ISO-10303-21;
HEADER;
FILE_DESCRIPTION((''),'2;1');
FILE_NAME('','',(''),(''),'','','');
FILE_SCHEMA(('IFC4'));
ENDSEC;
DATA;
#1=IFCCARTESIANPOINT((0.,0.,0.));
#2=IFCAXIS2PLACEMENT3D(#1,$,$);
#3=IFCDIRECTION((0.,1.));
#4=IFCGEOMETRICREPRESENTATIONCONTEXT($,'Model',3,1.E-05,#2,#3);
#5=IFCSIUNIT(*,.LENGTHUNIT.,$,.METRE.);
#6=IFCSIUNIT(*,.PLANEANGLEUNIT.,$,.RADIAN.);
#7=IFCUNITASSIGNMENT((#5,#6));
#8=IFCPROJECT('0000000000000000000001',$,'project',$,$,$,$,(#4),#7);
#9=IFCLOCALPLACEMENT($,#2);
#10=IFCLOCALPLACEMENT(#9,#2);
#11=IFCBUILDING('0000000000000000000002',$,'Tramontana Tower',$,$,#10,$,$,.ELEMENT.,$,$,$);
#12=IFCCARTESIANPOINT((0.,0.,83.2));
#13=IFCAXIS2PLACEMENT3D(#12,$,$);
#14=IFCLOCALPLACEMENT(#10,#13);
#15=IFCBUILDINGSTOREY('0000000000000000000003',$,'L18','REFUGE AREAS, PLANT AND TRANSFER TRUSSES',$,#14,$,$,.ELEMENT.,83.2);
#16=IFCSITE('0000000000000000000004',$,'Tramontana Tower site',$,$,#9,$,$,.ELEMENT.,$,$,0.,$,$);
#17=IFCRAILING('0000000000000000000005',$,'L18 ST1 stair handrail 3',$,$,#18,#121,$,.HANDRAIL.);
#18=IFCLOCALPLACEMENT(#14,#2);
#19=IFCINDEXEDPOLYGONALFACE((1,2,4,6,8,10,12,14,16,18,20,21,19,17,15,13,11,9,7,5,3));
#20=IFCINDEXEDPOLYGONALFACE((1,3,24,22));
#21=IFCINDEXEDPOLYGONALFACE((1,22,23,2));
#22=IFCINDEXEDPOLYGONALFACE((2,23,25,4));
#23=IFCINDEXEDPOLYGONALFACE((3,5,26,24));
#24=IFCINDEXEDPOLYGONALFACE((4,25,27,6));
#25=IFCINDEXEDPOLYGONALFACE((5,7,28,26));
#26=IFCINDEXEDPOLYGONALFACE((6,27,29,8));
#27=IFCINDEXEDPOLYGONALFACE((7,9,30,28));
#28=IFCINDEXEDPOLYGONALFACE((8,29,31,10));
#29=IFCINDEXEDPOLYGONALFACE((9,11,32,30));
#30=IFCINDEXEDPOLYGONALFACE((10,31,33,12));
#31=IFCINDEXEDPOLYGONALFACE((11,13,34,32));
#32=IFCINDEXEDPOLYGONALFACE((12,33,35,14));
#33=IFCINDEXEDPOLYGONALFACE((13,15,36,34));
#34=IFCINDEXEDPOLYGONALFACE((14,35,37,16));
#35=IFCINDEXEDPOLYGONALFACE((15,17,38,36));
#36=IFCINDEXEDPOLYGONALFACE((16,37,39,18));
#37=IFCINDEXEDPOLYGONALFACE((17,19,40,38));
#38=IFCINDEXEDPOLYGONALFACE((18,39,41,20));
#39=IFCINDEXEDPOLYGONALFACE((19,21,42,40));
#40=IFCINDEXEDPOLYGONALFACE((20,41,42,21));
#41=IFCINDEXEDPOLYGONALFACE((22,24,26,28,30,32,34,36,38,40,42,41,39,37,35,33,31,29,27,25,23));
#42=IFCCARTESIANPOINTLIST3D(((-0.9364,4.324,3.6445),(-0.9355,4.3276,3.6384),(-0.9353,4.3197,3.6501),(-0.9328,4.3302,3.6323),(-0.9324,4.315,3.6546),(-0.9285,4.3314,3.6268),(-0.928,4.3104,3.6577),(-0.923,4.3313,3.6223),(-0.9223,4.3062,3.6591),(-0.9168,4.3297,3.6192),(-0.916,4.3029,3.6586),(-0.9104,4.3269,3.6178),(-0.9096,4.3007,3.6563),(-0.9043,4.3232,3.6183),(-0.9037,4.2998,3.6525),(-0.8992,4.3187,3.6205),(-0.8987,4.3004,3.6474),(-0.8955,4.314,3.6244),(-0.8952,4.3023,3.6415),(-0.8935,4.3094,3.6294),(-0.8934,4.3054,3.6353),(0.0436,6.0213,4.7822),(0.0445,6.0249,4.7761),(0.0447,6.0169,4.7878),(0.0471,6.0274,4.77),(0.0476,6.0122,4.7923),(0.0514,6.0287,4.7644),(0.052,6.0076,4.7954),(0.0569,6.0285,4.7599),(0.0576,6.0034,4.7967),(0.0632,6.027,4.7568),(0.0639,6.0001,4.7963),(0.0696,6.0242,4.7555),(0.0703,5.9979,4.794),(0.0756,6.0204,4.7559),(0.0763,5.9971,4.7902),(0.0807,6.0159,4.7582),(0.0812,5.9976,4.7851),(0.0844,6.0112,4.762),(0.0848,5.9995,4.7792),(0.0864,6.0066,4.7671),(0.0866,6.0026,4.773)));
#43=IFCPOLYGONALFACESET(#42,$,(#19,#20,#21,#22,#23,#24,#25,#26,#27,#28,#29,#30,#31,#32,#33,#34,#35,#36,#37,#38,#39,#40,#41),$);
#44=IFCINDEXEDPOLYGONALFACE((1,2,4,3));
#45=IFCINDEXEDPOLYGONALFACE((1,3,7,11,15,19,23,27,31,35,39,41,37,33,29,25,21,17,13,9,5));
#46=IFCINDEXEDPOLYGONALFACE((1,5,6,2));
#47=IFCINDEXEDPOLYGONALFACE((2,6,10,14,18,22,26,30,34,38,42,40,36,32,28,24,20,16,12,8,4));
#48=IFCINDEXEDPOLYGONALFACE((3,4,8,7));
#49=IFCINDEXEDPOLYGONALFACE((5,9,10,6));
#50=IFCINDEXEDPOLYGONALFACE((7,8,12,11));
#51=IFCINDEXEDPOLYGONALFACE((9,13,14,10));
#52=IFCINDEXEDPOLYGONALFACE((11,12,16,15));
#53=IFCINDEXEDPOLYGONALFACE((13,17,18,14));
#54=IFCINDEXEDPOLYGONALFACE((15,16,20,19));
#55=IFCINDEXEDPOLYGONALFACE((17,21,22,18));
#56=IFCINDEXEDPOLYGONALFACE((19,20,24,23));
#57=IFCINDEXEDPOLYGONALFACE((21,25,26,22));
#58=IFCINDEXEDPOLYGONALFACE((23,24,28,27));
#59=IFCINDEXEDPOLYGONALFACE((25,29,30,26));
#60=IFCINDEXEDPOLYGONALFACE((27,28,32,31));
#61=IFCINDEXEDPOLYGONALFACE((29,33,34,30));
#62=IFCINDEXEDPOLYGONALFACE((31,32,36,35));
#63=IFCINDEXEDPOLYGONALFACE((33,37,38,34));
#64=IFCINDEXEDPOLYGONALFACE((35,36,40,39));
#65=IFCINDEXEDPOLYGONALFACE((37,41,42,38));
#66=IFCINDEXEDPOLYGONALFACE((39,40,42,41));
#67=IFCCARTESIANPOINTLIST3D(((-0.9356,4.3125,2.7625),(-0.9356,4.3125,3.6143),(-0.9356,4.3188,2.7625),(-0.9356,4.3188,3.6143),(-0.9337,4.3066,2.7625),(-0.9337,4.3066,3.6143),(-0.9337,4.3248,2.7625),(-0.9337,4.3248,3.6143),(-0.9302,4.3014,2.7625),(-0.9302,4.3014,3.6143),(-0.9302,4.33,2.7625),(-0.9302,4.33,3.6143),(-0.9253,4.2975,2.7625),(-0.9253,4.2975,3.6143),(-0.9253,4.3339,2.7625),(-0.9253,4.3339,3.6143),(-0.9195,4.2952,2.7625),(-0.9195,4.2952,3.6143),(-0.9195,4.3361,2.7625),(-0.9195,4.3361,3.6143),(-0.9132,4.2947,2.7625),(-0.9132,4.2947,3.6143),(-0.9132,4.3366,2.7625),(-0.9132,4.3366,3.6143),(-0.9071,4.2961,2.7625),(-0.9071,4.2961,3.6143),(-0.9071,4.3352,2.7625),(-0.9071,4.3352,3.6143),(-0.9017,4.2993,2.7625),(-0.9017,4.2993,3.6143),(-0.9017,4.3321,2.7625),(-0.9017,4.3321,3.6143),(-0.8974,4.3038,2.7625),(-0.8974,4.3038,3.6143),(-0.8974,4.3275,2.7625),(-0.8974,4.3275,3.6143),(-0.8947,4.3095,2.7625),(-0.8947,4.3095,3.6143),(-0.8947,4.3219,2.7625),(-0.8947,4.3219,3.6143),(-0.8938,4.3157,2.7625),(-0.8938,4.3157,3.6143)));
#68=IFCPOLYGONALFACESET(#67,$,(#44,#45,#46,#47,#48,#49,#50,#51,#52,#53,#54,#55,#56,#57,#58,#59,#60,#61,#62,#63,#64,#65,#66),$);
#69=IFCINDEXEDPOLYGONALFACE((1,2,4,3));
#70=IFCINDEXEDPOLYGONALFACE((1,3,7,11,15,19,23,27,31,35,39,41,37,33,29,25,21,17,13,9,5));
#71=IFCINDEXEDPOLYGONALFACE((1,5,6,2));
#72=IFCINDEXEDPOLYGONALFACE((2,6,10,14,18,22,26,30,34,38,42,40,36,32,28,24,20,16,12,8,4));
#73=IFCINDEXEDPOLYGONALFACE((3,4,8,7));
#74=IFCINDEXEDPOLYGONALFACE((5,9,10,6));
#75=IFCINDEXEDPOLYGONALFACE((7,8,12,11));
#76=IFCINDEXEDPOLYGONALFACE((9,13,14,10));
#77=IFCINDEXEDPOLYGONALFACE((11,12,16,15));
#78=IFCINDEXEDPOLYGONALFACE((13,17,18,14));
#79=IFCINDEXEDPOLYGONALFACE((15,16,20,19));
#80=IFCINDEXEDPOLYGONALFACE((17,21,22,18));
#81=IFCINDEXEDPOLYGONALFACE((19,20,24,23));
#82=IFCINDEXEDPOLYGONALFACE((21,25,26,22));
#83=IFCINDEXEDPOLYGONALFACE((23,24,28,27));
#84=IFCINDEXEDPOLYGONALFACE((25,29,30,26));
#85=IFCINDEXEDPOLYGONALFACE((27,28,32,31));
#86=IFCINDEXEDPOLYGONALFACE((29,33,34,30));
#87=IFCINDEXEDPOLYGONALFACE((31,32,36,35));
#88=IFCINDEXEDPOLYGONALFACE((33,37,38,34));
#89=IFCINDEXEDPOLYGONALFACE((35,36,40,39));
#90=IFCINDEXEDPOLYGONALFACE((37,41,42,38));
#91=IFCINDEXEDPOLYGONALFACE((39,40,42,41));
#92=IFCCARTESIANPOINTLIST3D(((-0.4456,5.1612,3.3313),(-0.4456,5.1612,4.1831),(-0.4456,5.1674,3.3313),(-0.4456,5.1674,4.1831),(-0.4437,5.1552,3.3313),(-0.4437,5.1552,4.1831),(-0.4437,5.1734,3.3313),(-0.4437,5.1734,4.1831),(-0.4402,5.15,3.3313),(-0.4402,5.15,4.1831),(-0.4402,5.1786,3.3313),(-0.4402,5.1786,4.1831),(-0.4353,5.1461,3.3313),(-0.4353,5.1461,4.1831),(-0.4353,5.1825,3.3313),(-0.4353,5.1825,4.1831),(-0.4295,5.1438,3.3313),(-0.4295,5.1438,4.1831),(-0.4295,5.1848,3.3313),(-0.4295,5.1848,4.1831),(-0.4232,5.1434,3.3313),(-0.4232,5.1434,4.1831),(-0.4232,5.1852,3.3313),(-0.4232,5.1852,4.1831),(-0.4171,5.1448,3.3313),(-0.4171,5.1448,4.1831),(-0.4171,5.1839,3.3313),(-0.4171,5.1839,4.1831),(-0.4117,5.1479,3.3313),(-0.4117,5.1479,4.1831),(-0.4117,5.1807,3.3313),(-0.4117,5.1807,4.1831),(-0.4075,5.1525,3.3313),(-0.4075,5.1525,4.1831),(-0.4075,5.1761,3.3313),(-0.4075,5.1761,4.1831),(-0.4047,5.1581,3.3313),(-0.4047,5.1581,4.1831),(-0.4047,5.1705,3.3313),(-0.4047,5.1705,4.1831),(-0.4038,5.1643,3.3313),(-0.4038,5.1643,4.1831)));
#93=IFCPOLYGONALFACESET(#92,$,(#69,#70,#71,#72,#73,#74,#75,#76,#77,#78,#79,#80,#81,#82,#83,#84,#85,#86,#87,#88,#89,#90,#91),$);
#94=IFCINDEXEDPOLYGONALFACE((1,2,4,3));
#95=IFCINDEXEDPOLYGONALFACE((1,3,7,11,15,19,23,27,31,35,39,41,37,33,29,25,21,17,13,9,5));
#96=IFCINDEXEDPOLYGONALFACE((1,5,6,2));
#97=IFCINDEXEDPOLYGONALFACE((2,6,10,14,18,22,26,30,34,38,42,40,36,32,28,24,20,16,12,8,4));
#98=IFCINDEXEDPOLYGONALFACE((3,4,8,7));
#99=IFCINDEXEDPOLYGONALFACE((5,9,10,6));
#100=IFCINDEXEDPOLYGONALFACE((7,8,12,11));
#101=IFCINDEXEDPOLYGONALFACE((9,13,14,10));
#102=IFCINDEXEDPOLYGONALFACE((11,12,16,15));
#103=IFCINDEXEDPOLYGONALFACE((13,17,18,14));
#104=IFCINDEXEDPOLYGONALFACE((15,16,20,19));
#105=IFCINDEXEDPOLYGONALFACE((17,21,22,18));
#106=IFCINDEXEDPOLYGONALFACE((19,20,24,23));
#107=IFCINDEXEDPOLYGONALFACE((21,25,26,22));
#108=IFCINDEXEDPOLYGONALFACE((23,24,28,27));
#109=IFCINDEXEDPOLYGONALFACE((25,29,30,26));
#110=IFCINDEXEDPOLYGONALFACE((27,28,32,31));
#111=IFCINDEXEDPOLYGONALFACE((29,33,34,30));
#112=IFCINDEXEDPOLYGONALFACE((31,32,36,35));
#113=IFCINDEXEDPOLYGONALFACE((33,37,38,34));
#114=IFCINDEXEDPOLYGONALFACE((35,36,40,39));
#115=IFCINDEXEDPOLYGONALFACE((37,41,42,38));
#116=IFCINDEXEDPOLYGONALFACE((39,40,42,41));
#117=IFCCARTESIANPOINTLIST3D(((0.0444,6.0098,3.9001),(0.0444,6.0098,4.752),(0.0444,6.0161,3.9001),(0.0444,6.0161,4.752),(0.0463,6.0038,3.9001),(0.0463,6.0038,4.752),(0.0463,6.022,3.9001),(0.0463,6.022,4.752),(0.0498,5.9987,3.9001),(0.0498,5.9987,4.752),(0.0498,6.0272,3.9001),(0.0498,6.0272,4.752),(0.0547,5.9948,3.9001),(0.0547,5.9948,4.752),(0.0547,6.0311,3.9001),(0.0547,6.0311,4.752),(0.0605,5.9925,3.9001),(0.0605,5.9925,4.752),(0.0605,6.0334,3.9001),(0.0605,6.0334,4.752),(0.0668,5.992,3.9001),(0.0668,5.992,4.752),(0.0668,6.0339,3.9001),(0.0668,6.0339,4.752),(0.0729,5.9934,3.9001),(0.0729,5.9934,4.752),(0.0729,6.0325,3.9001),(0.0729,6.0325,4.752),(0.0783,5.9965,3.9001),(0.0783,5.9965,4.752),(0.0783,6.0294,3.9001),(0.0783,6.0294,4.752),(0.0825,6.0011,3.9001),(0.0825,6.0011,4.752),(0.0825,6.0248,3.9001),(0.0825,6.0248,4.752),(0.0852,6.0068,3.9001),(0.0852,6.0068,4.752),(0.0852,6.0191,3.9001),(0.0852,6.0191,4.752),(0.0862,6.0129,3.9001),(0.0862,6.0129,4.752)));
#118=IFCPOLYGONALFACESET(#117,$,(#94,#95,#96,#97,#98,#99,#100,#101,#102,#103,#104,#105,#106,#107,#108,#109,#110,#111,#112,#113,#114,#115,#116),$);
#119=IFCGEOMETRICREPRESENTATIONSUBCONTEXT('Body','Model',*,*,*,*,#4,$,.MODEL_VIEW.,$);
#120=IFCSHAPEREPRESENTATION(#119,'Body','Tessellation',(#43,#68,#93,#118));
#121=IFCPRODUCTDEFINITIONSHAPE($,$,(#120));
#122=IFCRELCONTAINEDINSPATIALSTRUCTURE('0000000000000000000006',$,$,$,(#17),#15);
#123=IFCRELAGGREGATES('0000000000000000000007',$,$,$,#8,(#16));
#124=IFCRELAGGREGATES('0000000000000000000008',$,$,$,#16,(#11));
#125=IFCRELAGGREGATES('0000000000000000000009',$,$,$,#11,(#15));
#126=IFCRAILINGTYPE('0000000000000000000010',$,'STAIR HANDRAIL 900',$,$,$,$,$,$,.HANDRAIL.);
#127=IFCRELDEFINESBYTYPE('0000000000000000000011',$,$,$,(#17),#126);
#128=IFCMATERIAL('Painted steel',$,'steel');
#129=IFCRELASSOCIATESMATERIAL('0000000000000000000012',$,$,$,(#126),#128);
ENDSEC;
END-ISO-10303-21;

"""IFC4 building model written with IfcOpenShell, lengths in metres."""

from ifc_helpers import new_model, si_unit, direction, frame, origin, origin_2d, place, context, subcontext, project, spatial, circle, extrude, material, type_object, element, save


model = new_model("IFC4")

# Units and contexts
model_context = context("Model", 3, precision=1e-05, world=origin(), true_north=direction((0.0, 1.0)))
body_context = subcontext(model_context, "Body", "Model", "MODEL_VIEW")
ifc_project = project(units=[si_unit("LENGTHUNIT", "METRE"), si_unit("PLANEANGLEUNIT", "RADIAN")], contexts=[model_context])

# Site, building, storey
site_placement = place(None, origin())
site = spatial("IfcSite", under=ifc_project, at=site_placement, Name="Tramontana Tower site", CompositionType="ELEMENT", RefElevation=0.0)
building_placement = place(site_placement, origin())
building = spatial("IfcBuilding", under=site, at=building_placement, Name="Tramontana Tower", CompositionType="ELEMENT")
storey_placement = place(building_placement, frame((0.0, 0.0, 83.2)))
storey = spatial("IfcBuildingStorey", under=building, at=storey_placement, Name="L18", Description="REFUGE AREAS, PLANT AND TRANSFER TRUSSES", CompositionType="ELEMENT", Elevation=83.2)

# Railing
ifc_material_1 = material(Name="Painted steel", Category="steel")
railing_type = type_object("IfcRailingType", Name="STAIR HANDRAIL 900", PredefinedType="HANDRAIL", material=ifc_material_1)
railing_1_placement = place(storey_placement, frame((-0.9148, 4.3157, 2.7625)))
element("IfcRailing", 1, at=railing_1_placement, inside=storey, type_object=railing_type, Name="L18 ST1 stair handrail 3", PredefinedType="HANDRAIL", context=body_context, shape_type="SweptSolid", body=[
    extrude(circle(Radius=0.0239, at=origin_2d()), frame((0.0, 0.0, 0.876), z_axis=(0.432443, 0.748965, 0.502039), x_axis=(-0.866011, 0.500024, 0.0)), (0.0, 0.0, 1.0), 2.2661),
    extrude(circle(Radius=0.021, at=origin_2d()), origin(), (0.0, 0.0, 1.0), 0.8518),
    extrude(circle(Radius=0.021, at=origin_2d()), frame((0.49, 0.8486, 0.5688)), (0.0, 0.0, 1.0), 0.8518),
    extrude(circle(Radius=0.021, at=origin_2d()), frame((0.98, 1.6973, 1.1377)), (0.0, 0.0, 1.0), 0.8518),
])

save(model, "model.ifc")
